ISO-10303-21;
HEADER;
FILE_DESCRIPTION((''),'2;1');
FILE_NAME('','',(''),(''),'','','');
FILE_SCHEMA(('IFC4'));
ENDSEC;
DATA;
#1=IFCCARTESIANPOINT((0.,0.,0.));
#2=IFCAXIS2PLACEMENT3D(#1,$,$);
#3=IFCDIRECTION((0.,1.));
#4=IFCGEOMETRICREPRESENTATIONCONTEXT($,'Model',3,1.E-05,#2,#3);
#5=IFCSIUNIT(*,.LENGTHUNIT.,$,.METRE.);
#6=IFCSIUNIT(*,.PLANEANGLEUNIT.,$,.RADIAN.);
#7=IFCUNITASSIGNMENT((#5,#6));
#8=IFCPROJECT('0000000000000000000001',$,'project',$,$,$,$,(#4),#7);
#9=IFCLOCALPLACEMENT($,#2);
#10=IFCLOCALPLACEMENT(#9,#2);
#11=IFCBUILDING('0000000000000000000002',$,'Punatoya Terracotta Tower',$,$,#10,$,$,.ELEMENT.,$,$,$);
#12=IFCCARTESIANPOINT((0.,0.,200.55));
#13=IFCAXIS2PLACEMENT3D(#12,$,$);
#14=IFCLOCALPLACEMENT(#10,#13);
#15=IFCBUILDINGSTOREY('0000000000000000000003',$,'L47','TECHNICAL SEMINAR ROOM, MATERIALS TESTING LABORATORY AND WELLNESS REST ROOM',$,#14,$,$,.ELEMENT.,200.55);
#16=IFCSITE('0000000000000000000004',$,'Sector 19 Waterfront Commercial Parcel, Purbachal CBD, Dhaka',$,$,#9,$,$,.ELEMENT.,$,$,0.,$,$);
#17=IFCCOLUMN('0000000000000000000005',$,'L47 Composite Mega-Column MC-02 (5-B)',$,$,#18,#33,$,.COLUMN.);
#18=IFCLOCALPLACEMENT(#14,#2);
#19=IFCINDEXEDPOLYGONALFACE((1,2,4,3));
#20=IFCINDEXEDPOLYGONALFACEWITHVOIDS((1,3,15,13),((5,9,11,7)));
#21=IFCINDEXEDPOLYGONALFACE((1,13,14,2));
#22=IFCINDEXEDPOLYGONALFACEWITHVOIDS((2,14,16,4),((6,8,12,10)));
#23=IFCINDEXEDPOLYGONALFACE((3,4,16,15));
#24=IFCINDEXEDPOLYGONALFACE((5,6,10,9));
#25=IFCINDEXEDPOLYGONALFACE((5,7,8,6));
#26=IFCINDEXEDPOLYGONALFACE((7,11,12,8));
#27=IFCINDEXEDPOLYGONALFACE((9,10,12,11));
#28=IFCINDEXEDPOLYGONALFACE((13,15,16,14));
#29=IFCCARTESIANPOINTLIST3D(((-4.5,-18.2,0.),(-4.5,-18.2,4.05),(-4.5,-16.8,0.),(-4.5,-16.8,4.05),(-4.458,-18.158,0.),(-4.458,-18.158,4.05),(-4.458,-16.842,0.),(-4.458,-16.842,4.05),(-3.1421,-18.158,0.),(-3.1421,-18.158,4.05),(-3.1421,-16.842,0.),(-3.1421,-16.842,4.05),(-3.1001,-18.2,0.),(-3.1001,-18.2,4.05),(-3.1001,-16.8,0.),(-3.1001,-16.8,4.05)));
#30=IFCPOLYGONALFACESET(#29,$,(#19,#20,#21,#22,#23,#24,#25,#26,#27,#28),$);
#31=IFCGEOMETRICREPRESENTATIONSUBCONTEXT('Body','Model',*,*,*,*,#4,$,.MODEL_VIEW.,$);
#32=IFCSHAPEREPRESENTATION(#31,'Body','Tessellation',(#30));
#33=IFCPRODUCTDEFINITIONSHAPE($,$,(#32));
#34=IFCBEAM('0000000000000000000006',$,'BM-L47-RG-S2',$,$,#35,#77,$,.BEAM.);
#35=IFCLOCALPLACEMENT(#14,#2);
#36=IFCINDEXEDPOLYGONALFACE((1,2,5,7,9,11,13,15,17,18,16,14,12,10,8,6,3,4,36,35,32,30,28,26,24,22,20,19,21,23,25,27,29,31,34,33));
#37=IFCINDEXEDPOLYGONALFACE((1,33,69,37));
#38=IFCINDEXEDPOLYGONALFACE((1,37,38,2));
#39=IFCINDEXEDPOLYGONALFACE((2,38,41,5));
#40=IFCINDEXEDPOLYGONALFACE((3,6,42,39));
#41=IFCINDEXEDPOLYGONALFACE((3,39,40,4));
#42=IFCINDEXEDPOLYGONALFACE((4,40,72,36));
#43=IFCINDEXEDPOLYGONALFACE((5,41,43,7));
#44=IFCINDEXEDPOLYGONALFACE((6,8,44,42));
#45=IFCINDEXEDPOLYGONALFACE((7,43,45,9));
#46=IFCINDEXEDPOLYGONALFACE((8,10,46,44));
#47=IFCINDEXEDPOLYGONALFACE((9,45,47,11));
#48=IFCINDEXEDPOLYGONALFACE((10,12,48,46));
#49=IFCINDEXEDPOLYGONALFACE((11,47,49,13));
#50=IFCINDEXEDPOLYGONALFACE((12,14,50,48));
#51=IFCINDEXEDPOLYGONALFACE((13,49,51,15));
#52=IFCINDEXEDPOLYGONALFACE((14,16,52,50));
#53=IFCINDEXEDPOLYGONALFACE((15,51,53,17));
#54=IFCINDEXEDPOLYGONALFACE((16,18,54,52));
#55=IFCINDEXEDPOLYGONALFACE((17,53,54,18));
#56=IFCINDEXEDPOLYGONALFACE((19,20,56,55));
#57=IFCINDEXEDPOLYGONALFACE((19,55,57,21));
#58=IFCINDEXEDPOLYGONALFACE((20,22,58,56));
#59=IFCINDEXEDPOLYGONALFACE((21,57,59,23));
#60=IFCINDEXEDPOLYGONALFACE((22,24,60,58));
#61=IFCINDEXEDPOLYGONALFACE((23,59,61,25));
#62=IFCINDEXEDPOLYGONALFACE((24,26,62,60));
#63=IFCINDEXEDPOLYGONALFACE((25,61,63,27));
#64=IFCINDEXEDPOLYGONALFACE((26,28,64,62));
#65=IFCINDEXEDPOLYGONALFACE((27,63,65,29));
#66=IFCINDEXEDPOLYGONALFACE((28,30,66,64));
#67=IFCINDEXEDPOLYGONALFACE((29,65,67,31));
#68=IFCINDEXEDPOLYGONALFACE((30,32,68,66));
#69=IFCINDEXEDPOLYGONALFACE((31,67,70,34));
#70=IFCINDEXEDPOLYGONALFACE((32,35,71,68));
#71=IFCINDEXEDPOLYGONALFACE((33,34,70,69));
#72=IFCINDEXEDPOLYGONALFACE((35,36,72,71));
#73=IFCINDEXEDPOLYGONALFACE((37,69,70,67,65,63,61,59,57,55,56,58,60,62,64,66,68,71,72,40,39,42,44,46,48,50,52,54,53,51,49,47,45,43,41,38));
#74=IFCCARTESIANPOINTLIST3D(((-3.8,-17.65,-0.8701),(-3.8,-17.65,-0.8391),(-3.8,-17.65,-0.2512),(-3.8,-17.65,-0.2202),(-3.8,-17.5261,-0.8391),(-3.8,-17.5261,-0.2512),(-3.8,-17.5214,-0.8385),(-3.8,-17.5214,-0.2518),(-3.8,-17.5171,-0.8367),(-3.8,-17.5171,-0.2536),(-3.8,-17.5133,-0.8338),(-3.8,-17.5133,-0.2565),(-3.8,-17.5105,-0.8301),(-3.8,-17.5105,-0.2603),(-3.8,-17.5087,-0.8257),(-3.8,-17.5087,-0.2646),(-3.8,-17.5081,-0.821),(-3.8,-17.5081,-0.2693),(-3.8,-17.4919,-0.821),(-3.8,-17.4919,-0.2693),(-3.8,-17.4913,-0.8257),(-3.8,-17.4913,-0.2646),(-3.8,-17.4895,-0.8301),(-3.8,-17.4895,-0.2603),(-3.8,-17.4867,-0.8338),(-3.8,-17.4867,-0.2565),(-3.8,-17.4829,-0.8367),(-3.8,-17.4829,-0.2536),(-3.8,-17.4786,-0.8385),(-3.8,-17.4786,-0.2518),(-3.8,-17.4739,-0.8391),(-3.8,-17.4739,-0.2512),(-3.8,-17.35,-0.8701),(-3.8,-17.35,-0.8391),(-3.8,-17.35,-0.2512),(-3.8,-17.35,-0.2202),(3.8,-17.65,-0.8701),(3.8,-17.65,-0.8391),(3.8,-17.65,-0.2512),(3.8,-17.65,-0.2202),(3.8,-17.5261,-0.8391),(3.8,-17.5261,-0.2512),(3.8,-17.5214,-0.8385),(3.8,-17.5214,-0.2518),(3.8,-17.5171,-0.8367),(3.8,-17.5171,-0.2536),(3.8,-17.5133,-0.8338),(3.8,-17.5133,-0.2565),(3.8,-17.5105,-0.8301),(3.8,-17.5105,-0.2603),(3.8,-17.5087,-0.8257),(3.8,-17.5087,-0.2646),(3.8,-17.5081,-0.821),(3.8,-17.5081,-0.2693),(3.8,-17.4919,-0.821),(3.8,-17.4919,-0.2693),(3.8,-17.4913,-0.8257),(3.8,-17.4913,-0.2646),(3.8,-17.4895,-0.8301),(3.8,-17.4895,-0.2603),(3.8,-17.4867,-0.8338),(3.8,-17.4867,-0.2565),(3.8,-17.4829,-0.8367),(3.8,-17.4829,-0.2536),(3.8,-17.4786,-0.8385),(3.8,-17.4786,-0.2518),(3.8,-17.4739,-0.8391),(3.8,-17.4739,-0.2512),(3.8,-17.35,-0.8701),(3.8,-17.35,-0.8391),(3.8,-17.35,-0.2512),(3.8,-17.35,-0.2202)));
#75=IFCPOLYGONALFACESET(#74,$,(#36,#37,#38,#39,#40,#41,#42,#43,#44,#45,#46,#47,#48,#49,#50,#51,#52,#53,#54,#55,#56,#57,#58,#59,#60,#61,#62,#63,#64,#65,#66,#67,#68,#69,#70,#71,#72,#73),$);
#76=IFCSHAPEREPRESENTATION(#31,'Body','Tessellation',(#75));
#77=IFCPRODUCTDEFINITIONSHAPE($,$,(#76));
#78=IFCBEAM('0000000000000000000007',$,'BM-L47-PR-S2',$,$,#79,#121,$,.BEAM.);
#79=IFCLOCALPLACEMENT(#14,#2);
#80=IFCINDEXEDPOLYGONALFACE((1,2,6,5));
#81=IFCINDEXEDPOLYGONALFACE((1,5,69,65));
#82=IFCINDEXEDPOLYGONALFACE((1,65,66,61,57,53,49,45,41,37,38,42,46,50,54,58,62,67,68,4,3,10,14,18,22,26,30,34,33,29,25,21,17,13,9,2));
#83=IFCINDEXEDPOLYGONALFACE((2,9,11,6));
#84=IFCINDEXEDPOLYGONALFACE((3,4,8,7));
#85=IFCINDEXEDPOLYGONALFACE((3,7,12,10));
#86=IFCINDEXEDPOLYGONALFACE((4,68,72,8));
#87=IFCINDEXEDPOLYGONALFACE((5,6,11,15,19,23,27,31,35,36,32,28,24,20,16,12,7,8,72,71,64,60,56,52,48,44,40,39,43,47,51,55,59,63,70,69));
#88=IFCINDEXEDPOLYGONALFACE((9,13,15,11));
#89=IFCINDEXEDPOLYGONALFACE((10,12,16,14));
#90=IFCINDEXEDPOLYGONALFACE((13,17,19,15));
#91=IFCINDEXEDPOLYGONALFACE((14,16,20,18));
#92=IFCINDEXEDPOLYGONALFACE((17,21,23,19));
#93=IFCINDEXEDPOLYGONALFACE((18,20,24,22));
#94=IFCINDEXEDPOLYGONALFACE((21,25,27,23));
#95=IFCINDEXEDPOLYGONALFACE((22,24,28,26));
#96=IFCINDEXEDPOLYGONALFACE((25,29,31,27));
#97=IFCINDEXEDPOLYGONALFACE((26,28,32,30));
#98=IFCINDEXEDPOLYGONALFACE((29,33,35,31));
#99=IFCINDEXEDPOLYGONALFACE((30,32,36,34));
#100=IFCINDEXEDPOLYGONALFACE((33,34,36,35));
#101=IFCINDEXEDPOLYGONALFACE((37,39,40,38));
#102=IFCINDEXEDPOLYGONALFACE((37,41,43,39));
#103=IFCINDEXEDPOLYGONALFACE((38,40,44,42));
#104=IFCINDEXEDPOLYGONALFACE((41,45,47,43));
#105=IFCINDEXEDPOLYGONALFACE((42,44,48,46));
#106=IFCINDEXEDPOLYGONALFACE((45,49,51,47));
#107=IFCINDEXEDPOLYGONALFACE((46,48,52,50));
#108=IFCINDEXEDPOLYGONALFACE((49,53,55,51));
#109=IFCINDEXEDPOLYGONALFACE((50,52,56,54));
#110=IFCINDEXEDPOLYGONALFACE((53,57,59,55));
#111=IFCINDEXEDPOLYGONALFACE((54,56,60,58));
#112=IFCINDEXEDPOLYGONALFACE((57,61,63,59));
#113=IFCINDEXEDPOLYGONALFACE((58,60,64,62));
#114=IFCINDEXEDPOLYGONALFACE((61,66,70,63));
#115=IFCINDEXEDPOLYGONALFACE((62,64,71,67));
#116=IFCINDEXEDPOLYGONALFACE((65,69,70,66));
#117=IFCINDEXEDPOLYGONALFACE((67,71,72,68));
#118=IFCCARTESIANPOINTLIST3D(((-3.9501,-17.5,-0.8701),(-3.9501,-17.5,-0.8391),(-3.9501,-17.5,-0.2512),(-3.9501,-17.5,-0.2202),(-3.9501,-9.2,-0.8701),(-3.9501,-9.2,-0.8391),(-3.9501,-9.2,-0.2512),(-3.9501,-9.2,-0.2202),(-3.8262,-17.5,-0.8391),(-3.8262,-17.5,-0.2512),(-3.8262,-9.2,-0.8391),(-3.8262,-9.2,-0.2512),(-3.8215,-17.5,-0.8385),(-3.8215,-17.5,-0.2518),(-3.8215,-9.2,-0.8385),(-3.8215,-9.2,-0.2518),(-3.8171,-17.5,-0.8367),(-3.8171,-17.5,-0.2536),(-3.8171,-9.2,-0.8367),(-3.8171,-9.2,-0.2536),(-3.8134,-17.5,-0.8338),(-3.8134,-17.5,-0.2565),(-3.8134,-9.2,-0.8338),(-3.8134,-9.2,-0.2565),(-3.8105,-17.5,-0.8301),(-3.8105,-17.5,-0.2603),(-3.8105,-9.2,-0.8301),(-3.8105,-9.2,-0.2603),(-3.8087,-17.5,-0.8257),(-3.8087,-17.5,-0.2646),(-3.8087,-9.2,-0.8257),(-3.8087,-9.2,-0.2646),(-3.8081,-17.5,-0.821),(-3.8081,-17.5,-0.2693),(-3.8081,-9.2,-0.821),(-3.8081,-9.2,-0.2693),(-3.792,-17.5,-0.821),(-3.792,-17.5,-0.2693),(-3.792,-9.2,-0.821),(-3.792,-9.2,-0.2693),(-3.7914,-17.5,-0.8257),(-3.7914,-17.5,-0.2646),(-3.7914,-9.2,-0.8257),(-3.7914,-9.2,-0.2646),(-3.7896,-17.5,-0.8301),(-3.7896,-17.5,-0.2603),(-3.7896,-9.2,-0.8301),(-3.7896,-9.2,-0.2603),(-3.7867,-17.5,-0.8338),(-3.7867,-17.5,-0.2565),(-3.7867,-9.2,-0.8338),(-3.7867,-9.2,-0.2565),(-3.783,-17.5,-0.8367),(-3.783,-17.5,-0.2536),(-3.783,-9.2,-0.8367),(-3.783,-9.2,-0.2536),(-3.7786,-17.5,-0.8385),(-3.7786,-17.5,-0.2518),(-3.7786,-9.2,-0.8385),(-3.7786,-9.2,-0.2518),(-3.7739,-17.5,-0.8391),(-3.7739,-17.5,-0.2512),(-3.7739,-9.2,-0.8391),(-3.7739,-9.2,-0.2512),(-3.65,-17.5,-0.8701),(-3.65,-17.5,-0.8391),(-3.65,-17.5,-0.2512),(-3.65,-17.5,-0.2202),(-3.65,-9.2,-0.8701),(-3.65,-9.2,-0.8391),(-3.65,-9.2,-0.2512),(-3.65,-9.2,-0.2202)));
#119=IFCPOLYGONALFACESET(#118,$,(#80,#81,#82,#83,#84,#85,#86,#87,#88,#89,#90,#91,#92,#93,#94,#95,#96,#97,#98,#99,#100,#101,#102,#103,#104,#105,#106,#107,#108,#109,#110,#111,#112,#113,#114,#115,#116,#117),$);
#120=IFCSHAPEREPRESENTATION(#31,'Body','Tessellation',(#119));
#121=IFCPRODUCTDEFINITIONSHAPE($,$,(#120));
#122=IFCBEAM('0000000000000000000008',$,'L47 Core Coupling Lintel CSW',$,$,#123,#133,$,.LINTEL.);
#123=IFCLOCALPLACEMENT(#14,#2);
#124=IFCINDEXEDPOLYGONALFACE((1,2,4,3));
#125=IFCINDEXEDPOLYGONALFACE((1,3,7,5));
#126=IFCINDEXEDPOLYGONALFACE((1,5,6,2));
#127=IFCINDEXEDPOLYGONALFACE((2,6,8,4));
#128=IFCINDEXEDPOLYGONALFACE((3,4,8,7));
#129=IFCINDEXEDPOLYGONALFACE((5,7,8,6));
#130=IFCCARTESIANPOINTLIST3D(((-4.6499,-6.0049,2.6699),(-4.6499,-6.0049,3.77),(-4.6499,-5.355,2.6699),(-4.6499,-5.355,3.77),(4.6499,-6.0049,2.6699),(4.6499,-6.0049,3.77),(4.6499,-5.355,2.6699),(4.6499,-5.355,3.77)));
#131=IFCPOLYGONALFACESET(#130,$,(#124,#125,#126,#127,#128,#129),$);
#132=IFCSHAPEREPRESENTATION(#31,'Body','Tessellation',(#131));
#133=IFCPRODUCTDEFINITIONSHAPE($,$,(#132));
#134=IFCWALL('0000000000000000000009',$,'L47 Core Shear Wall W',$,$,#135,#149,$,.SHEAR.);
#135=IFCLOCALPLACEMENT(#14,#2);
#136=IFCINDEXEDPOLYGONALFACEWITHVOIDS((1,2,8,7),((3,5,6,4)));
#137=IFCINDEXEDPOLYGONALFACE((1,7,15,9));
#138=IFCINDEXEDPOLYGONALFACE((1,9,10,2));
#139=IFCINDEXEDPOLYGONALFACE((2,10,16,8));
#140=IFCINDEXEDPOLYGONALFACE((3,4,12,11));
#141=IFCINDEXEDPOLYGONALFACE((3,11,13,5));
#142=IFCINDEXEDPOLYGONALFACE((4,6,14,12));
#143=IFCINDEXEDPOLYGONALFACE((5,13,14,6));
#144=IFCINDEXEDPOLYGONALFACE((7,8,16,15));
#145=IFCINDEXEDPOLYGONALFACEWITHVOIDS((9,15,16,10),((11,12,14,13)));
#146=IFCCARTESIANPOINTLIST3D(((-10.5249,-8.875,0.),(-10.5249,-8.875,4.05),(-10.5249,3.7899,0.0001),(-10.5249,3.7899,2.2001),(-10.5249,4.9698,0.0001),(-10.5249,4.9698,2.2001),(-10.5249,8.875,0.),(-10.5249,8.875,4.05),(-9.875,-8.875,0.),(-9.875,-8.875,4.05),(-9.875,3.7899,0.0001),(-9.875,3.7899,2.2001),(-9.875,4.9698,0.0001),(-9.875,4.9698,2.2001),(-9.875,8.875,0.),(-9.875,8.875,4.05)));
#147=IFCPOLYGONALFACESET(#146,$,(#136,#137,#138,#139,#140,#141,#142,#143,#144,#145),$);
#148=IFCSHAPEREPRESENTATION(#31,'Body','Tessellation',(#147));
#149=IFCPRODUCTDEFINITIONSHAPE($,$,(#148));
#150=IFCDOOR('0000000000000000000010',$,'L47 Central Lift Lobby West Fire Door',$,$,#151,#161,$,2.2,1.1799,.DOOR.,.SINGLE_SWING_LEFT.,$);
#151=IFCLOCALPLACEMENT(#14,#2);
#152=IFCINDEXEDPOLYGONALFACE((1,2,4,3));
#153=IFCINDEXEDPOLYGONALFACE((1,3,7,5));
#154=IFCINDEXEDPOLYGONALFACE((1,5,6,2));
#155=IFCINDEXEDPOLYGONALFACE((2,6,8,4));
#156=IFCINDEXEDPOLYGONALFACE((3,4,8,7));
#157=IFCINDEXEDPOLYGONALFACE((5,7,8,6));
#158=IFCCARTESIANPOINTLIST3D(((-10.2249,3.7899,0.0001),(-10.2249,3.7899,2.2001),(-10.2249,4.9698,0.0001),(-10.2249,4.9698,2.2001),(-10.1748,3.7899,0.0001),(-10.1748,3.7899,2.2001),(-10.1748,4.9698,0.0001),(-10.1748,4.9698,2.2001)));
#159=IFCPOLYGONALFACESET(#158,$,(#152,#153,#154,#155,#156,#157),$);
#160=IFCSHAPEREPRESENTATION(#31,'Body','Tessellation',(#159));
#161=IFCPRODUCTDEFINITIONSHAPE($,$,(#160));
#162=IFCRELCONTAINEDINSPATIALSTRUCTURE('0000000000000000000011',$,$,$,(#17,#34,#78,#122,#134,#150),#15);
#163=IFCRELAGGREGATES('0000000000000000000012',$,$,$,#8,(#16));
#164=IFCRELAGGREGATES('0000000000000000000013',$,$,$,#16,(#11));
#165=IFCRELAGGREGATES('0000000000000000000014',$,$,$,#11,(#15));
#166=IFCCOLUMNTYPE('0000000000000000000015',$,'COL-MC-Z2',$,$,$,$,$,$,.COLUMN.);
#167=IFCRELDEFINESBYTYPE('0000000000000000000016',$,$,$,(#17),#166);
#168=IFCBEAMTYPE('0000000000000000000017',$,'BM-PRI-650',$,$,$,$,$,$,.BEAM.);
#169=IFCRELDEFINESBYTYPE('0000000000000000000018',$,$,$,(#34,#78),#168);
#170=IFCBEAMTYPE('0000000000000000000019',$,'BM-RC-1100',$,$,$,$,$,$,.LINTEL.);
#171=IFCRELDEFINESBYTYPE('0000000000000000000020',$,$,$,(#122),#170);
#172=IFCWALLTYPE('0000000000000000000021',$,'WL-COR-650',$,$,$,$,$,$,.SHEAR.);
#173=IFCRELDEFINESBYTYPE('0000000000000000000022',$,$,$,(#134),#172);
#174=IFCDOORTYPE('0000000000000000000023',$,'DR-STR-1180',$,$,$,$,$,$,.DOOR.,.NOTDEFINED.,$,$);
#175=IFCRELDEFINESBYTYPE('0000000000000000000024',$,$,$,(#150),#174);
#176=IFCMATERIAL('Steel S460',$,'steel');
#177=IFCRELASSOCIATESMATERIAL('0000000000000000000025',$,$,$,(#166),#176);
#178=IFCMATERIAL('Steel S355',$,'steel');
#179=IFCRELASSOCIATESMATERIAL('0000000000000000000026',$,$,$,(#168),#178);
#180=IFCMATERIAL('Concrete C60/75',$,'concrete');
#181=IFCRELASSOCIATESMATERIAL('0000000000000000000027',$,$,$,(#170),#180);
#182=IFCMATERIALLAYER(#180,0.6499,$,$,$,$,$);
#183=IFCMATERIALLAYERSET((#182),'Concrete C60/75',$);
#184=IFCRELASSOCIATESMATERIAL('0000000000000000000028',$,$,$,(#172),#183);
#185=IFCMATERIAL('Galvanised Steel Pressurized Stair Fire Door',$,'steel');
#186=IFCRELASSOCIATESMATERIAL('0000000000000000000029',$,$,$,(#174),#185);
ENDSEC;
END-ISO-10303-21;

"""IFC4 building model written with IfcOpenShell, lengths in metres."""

from ifc_helpers import new_model, si_unit, direction, frame, frame_2d, origin, origin_2d, place, context, subcontext, project, spatial, rectangle, hollow_rectangle, i_section, extrude, material, layer, layer_set, material_profile, profile_set, type_object, element, fill, save


model = new_model("IFC4")

# Units and contexts
model_context = context("Model", 3, precision=1e-05, world=origin(), true_north=direction((0.0, 1.0)))
body_context = subcontext(model_context, "Body", "Model", "MODEL_VIEW")
ifc_project = project(units=[si_unit("LENGTHUNIT", "METRE"), si_unit("PLANEANGLEUNIT", "RADIAN")], contexts=[model_context])

# Site, building, storey
site_placement = place(None, origin())
site = spatial("IfcSite", under=ifc_project, at=site_placement, Name="Sector 19 Waterfront Commercial Parcel, Purbachal CBD, Dhaka", CompositionType="ELEMENT", RefElevation=0.0)
building_placement = place(site_placement, origin())
building = spatial("IfcBuilding", under=site, at=building_placement, Name="Punatoya Terracotta Tower", CompositionType="ELEMENT")
storey_placement = place(building_placement, frame((0.0, 0.0, 200.55)))
storey = spatial("IfcBuildingStorey", under=building, at=storey_placement, Name="L47", Description="TECHNICAL SEMINAR ROOM, MATERIALS TESTING LABORATORY AND WELLNESS REST ROOM", CompositionType="ELEMENT", Elevation=200.55)

# Column
ifc_material_1 = material(Name="Steel S460", Category="steel")
ifc_material_profile_1 = material_profile(ifc_material_1, hollow_rectangle(XDim=1.3999, YDim=1.3999, WallThickness=0.042, at=origin_2d()))
ifc_profile_set_1 = profile_set([ifc_material_profile_1], Name="Steel S460")
column_type = type_object("IfcColumnType", Name="COL-MC-Z2", PredefinedType="COLUMN", material=ifc_profile_set_1)
column_placement = place(storey_placement, frame((-3.8, -17.5, 0.0), z_axis=(0.0, 0.0, 1.0), x_axis=(1.0, 0.0, 0.0)))
element("IfcColumn", 1, at=column_placement, inside=storey, type_object=column_type, Name="L47 Composite Mega-Column MC-02 (5-B)", PredefinedType="COLUMN", context=body_context, shape_type="SweptSolid", body=[
    extrude(hollow_rectangle(XDim=1.3999, YDim=1.3999, WallThickness=0.042, at=origin_2d()), origin(), (0.0, 0.0, 1.0), 4.05),
])

# Beams
ifc_material_2 = material(Name="Steel S355", Category="steel")
ifc_material_profile_2 = material_profile(ifc_material_2, i_section(OverallWidth=0.3, OverallDepth=0.6499, WebThickness=0.0161, FlangeThickness=0.031, FilletRadius=0.0181, at=origin_2d()))
ifc_profile_set_2 = profile_set([ifc_material_profile_2], Name="Steel S355")
beam_type_1 = type_object("IfcBeamType", Name="BM-PRI-650", PredefinedType="BEAM", material=ifc_profile_set_2)
beam_1_placement = place(storey_placement, frame((-3.8, -17.5, -0.5452), z_axis=(1.0, 0.0, 0.0), x_axis=(0.0, 1.0, 0.0)))
element("IfcBeam", 2, at=beam_1_placement, inside=storey, type_object=beam_type_1, Name="BM-L47-RG-S2", PredefinedType="BEAM", context=body_context, shape_type="SweptSolid", body=[
    extrude(i_section(OverallWidth=0.3, OverallDepth=0.6499, WebThickness=0.0161, FlangeThickness=0.031, FilletRadius=0.0181, at=origin_2d()), origin(), (0.0, 0.0, 1.0), 7.6001),
])
beam_2_placement = place(storey_placement, frame((-3.8, -17.5, -0.5452), z_axis=(0.0, 1.0, 0.0), x_axis=(-1.0, 0.0, 0.0)))
element("IfcBeam", 3, at=beam_2_placement, inside=storey, type_object=beam_type_1, Name="BM-L47-PR-S2", PredefinedType="BEAM", context=body_context, shape_type="SweptSolid", body=[
    extrude(i_section(OverallWidth=0.3, OverallDepth=0.6499, WebThickness=0.0161, FlangeThickness=0.031, FilletRadius=0.0181, at=origin_2d()), origin(), (0.0, 0.0, 1.0), 8.3),
])
ifc_material_3 = material(Name="Concrete C60/75", Category="concrete")
ifc_material_profile_3 = material_profile(ifc_material_3, rectangle(XDim=0.6499, YDim=1.1001, at=origin_2d()))
ifc_profile_set_3 = profile_set([ifc_material_profile_3], Name="Concrete C60/75")
beam_type_2 = type_object("IfcBeamType", Name="BM-RC-1100", PredefinedType="LINTEL", material=ifc_profile_set_3)
beam_3_placement = place(storey_placement, frame((-4.6499, -5.6799, 3.22), z_axis=(1.0, 0.0, 0.0), x_axis=(0.0, 1.0, 0.0)))
element("IfcBeam", 4, at=beam_3_placement, inside=storey, type_object=beam_type_2, Name="L47 Core Coupling Lintel CSW", PredefinedType="LINTEL", context=body_context, shape_type="SweptSolid", body=[
    extrude(rectangle(XDim=0.6499, YDim=1.1001, at=origin_2d()), origin(), (0.0, 0.0, 1.0), 9.2998),
])

# Wall, opening, door
ifc_layer_1 = layer(ifc_material_3, 0.6499)
ifc_layer_set_1 = layer_set([ifc_layer_1], Name="Concrete C60/75")
wall_type_1 = type_object("IfcWallType", Name="WL-COR-650", PredefinedType="SHEAR", material=ifc_layer_set_1)
wall_1_placement = place(storey_placement, frame((-10.2, -8.875, 0.0), z_axis=(0.0, 0.0, 1.0), x_axis=(0.0, 1.0, 0.0)))
wall_1 = element("IfcWall", 5, at=wall_1_placement, inside=storey, type_object=wall_type_1, Name="L47 Core Shear Wall W", PredefinedType="SHEAR", context=body_context, shape_type="SweptSolid", body=[
    extrude(rectangle(XDim=17.75, YDim=0.6499, at=frame_2d((8.875, 0.0))), origin(), (0.0, 0.0, 1.0), 4.05),
])
opening_1_placement = place(wall_1_placement, frame((12.665, 0.0, 0.0)))
opening_1 = element("IfcOpeningElement", 6, at=opening_1_placement, cuts=wall_1, PredefinedType="OPENING", context=body_context, shape_type="SweptSolid", body=[
    extrude(rectangle(XDim=1.1799, YDim=2.2, at=frame_2d((0.5898, 1.1001))), frame((0.0, 0.335, 0.0), z_axis=(0.0, -1.0, 0.0), x_axis=(1.0, 0.0, 0.0)), (0.0, 0.0, 1.0), 0.6699),
])
ifc_material_4 = material(Name="Galvanised Steel Pressurized Stair Fire Door", Category="steel")
door_type_1 = type_object("IfcDoorType", Name="DR-STR-1180", OperationType="NOTDEFINED", PredefinedType="DOOR", material=ifc_material_4)
door_1_placement = place(opening_1_placement, origin())
door_1 = element("IfcDoor", 7, at=door_1_placement, inside=storey, type_object=door_type_1, Name="L47 Central Lift Lobby West Fire Door", OperationType="SINGLE_SWING_LEFT", OverallHeight=2.2, OverallWidth=1.1799, PredefinedType="DOOR", context=body_context, shape_type="SweptSolid", body=[
    extrude(rectangle(XDim=1.1799, YDim=2.2, at=frame_2d((0.5898, 1.1001))), frame((0.0, 0.0249, 0.0), z_axis=(0.0, -1.0, 0.0), x_axis=(1.0, 0.0, 0.0)), (0.0, 0.0, 1.0), 0.05),
])
fill(opening_1, door_1)

save(model, "model.ifc")
